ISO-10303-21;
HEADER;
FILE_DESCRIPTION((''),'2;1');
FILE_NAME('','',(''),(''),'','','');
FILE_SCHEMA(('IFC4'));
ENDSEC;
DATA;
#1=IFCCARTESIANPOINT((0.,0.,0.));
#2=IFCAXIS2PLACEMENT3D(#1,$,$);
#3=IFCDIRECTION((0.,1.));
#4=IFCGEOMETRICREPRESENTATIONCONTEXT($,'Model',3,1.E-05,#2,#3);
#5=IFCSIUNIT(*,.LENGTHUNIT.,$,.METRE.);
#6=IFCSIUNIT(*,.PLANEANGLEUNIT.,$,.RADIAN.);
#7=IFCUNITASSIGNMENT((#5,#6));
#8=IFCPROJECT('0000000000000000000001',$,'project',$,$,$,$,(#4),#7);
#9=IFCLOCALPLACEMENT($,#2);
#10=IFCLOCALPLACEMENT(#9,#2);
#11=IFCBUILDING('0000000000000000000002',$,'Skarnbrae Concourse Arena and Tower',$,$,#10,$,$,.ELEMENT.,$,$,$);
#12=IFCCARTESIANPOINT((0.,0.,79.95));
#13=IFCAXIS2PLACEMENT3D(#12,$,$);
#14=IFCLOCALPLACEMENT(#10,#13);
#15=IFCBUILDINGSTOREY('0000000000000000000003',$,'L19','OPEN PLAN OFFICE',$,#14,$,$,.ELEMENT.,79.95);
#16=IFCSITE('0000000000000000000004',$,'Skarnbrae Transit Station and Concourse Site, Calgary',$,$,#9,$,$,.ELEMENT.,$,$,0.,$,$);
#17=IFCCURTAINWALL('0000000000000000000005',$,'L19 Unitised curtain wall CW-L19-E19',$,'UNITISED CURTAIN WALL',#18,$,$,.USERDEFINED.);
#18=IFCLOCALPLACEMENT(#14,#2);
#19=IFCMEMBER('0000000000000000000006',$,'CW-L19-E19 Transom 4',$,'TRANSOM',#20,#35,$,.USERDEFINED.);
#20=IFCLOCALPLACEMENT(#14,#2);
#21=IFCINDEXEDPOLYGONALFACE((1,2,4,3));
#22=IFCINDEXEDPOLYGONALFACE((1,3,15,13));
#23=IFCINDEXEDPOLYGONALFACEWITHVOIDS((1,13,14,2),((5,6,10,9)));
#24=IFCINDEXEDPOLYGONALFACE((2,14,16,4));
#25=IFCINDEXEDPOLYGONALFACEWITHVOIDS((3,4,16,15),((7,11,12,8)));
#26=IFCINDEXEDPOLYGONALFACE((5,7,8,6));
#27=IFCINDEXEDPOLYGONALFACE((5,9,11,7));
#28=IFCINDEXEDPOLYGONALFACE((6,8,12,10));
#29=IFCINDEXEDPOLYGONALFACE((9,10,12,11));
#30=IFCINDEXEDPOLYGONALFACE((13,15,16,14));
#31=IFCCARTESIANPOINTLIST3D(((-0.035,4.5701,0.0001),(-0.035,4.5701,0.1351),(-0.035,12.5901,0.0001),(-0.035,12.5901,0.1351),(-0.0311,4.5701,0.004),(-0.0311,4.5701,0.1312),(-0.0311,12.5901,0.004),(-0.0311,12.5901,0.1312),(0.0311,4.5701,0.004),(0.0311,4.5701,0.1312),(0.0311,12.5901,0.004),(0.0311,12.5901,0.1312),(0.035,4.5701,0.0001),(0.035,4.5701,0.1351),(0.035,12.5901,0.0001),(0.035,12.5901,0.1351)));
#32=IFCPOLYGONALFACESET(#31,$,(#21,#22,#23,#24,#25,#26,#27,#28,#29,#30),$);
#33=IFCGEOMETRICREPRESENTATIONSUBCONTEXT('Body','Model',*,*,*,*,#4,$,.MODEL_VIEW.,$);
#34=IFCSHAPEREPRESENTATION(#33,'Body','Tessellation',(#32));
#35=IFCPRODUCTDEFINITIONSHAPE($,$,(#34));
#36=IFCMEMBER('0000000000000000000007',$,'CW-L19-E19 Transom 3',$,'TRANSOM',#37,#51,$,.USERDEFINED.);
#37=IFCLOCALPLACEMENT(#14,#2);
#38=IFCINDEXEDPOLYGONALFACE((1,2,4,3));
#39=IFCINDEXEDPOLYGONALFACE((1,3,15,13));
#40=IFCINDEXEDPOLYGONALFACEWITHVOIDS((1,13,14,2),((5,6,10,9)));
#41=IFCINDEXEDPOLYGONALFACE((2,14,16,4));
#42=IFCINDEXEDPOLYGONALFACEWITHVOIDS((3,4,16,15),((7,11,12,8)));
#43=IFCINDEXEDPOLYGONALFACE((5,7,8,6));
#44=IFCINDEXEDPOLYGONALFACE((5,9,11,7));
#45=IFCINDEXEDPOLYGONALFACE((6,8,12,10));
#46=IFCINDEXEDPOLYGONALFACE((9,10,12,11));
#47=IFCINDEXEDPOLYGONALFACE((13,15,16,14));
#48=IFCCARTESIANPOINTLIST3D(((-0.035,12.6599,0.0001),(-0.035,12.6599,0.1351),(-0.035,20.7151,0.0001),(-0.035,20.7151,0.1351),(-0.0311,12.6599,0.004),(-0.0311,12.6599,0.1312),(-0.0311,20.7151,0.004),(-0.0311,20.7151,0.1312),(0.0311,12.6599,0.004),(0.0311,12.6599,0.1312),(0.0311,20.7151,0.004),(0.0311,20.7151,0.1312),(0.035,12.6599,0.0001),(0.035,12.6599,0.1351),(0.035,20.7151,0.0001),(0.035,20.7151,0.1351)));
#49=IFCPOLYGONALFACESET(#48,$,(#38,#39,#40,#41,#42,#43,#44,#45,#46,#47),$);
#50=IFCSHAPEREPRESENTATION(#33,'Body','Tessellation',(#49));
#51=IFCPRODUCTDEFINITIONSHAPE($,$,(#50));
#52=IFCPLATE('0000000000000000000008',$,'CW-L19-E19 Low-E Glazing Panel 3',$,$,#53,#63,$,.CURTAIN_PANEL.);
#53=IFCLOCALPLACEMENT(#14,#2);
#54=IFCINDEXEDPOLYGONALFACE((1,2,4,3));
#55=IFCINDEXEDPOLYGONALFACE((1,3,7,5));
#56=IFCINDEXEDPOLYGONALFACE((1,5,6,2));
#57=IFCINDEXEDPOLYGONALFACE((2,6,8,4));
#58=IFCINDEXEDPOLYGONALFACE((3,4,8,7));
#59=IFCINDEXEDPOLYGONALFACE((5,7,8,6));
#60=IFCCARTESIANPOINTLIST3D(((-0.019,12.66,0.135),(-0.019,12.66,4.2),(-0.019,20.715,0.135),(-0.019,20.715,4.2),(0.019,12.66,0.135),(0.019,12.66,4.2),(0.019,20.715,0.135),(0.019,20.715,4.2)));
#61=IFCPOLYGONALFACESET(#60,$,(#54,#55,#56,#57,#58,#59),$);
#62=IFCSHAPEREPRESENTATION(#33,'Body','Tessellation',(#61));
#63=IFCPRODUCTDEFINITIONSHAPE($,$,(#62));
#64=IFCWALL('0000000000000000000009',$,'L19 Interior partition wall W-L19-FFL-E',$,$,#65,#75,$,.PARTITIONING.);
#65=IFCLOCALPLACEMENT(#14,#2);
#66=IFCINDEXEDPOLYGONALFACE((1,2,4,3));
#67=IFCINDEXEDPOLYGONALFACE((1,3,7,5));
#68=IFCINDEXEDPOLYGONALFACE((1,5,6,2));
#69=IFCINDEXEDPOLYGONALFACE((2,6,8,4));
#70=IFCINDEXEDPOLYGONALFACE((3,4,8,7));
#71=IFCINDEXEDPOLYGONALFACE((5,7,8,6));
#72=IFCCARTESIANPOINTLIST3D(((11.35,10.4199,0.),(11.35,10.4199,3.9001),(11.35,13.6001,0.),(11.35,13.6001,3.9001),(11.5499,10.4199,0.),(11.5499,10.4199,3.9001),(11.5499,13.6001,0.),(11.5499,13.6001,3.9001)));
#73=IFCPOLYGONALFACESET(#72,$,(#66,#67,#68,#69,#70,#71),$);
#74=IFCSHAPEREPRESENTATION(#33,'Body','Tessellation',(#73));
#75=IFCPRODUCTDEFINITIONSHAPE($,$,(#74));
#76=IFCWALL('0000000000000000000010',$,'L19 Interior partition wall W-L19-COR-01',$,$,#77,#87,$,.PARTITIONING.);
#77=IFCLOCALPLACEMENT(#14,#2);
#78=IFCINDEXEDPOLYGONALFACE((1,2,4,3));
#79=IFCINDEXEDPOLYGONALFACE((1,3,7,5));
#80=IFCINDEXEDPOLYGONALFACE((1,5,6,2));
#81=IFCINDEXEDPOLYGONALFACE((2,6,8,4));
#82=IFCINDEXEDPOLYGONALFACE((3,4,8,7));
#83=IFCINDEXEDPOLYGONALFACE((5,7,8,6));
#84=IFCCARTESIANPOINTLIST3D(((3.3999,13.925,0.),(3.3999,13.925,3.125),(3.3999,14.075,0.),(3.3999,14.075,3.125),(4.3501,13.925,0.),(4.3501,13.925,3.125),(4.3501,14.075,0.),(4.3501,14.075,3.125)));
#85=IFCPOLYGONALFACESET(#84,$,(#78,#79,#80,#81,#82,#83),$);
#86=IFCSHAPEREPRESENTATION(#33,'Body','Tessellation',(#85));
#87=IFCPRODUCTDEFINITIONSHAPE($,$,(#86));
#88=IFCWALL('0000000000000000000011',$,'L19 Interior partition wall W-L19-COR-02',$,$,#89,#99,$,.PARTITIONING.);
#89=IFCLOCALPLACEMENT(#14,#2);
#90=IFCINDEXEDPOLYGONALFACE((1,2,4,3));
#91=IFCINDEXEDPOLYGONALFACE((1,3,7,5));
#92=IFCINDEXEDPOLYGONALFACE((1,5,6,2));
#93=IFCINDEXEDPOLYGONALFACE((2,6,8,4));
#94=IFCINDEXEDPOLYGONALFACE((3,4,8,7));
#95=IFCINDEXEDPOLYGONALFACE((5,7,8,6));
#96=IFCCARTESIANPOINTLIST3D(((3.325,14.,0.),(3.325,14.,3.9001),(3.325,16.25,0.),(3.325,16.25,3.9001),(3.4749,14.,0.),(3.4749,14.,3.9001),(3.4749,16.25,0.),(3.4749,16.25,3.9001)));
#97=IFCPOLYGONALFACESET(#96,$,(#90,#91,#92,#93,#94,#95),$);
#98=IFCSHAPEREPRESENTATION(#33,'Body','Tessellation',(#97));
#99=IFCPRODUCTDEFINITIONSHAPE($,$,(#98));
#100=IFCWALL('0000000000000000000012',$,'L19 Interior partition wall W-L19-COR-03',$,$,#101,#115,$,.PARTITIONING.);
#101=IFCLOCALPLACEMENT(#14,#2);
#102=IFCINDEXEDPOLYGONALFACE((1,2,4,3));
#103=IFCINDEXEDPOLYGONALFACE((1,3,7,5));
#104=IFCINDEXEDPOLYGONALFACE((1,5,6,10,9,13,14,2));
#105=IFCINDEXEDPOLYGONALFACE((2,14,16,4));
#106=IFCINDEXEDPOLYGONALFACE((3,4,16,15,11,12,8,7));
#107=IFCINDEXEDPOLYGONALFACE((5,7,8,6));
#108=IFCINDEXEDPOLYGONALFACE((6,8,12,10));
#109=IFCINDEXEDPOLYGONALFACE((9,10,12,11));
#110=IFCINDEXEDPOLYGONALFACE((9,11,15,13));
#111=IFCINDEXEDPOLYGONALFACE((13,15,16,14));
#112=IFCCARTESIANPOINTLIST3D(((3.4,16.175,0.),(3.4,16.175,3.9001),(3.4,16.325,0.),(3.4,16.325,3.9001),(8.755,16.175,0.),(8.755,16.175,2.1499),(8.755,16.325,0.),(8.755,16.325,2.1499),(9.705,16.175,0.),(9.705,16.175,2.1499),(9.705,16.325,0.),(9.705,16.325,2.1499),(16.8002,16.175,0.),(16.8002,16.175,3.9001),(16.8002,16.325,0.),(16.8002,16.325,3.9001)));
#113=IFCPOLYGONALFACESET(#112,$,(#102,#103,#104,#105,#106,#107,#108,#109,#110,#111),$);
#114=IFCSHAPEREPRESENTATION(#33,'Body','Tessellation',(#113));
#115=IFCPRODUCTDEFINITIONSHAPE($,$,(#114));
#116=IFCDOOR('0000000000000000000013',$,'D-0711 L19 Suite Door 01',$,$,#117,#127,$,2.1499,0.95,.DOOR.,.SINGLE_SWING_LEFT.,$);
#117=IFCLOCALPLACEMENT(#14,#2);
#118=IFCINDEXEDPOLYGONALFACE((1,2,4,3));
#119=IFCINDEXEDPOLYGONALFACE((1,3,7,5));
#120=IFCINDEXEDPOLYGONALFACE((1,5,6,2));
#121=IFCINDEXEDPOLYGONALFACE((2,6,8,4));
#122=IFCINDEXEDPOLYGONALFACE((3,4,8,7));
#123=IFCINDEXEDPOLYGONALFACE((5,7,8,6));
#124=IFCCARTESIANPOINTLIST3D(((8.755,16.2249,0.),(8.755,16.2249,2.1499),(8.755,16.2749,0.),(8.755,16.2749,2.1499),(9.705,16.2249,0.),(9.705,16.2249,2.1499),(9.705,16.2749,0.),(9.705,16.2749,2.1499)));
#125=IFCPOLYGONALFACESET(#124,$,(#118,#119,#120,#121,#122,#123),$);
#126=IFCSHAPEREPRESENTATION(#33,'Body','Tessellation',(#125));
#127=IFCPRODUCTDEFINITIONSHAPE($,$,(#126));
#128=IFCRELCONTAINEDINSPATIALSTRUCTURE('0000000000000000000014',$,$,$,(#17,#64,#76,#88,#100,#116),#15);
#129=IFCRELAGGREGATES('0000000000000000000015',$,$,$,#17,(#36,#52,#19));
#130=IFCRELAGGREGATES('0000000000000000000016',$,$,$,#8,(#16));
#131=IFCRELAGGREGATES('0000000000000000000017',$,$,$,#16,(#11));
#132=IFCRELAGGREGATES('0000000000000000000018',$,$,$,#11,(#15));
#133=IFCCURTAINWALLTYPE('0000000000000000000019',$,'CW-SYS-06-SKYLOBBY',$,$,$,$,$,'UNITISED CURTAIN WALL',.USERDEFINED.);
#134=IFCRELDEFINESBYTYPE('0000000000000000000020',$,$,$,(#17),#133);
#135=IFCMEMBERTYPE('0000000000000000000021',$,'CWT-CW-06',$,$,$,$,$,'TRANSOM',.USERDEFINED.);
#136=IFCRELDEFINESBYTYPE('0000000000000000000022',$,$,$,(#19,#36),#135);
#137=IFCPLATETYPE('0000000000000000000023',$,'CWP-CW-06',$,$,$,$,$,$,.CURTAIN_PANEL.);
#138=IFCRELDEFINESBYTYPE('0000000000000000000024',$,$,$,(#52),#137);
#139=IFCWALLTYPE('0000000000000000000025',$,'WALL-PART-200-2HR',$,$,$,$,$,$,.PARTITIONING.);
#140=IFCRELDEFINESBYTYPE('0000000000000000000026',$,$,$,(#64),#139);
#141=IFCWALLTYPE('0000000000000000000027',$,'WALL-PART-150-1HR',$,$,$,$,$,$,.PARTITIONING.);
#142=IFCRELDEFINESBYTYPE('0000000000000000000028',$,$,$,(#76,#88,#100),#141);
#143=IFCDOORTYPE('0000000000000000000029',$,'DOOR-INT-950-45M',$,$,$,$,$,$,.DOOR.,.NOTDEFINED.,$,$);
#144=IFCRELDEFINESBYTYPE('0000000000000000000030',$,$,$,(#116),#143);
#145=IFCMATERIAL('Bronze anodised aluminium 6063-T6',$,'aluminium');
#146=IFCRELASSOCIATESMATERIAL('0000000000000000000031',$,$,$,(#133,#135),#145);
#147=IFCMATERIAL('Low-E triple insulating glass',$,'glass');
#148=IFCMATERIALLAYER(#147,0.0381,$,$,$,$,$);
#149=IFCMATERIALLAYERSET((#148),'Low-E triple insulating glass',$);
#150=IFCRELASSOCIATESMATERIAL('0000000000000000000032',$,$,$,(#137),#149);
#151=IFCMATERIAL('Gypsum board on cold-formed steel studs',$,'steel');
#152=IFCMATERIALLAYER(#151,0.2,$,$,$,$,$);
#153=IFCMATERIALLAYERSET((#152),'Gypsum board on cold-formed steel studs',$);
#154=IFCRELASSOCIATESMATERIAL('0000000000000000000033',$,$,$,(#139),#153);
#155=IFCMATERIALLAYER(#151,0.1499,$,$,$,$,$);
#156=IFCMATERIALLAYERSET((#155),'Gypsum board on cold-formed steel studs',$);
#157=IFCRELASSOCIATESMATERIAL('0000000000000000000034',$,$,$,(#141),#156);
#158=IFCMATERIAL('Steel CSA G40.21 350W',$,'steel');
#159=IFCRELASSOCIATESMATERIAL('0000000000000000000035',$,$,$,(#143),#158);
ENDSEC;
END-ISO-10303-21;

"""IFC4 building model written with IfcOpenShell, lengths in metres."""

from ifc_helpers import new_model, si_unit, direction, frame, frame_2d, origin, origin_2d, place, context, subcontext, project, spatial, rectangle, hollow_rectangle, extrude, source, transform, mapped, material, layer, layer_set, material_profile, profile_set, type_object, element, fill, aggregate, save


model = new_model("IFC4")

# Units and contexts
model_context = context("Model", 3, precision=1e-05, world=origin(), true_north=direction((0.0, 1.0)))
body_context = subcontext(model_context, "Body", "Model", "MODEL_VIEW")
ifc_project = project(units=[si_unit("LENGTHUNIT", "METRE"), si_unit("PLANEANGLEUNIT", "RADIAN")], contexts=[model_context])

# Site, building, storey
site_placement = place(None, origin())
site = spatial("IfcSite", under=ifc_project, at=site_placement, Name="Skarnbrae Transit Station and Concourse Site, Calgary", CompositionType="ELEMENT", RefElevation=0.0)
building_placement = place(site_placement, origin())
building = spatial("IfcBuilding", under=site, at=building_placement, Name="Skarnbrae Concourse Arena and Tower", CompositionType="ELEMENT")
storey_placement = place(building_placement, frame((0.0, 0.0, 79.95)))
storey = spatial("IfcBuildingStorey", under=building, at=storey_placement, Name="L19", Description="OPEN PLAN OFFICE", CompositionType="ELEMENT", Elevation=79.95)

# Shared definitions
ifc_material_1 = material(Name="Steel CSA G40.21 350W", Category="steel")

# Curtain wall, members, plate
ifc_material_2 = material(Name="Bronze anodised aluminium 6063-T6", Category="aluminium")
curtain_wall_type = type_object("IfcCurtainWallType", Name="CW-SYS-06-SKYLOBBY", ElementType="UNITISED CURTAIN WALL", PredefinedType="USERDEFINED", material=ifc_material_2)
curtain_wall_placement = place(storey_placement, origin())
curtain_wall = element("IfcCurtainWall", 1, at=curtain_wall_placement, inside=storey, type_object=curtain_wall_type, Name="L19 Unitised curtain wall CW-L19-E19", ObjectType="UNITISED CURTAIN WALL", PredefinedType="USERDEFINED")
ifc_material_profile_1 = material_profile(ifc_material_2, hollow_rectangle(XDim=0.0701, YDim=0.135, WallThickness=0.0039, at=origin_2d()), Name="ALU-TRAN-70X135")
ifc_profile_set_1 = profile_set([ifc_material_profile_1], Name="Bronze anodised aluminium 6063-T6")
member_type_1 = type_object("IfcMemberType", Name="CWT-CW-06", ElementType="TRANSOM", PredefinedType="USERDEFINED", material=ifc_profile_set_1)
shared_shape_1 = source(origin(), body_context, "Body", "SweptSolid", [
    extrude(hollow_rectangle(XDim=0.0701, YDim=0.135, WallThickness=0.0039, at=origin_2d()), origin(), (0.0, 0.0, 1.0), 8.02),
])
member_1_placement = place(storey_placement, frame((0.0, 12.5901, 0.0676), z_axis=(0.0, -1.0, 0.0), x_axis=(1.0, 0.0, 0.0)))
member_1 = element("IfcMember", 2, at=member_1_placement, type_object=member_type_1, Name="CW-L19-E19 Transom 4", ObjectType="TRANSOM", PredefinedType="USERDEFINED", context=body_context, shape_type="MappedRepresentation", body=[
    mapped(shared_shape_1, transform((0.0, 0.0, 0.0))),
])
shared_shape_2 = source(origin(), body_context, "Body", "SweptSolid", [
    extrude(hollow_rectangle(XDim=0.0701, YDim=0.135, WallThickness=0.0039, at=origin_2d()), origin(), (0.0, 0.0, 1.0), 8.0552),
])
member_2_placement = place(storey_placement, frame((0.0, 20.7151, 0.0676), z_axis=(0.0, -1.0, 0.0), x_axis=(1.0, 0.0, 0.0)))
member_2 = element("IfcMember", 3, at=member_2_placement, type_object=member_type_1, Name="CW-L19-E19 Transom 3", ObjectType="TRANSOM", PredefinedType="USERDEFINED", context=body_context, shape_type="MappedRepresentation", body=[
    mapped(shared_shape_2, transform((0.0, 0.0, 0.0))),
])
ifc_material_3 = material(Name="Low-E triple insulating glass", Category="glass")
ifc_layer_1 = layer(ifc_material_3, 0.0381)
ifc_layer_set_1 = layer_set([ifc_layer_1], Name="Low-E triple insulating glass")
plate_type = type_object("IfcPlateType", Name="CWP-CW-06", PredefinedType="CURTAIN_PANEL", material=ifc_layer_set_1)
shared_shape_3 = source(origin(), body_context, "Body", "SweptSolid", [
    extrude(rectangle(XDim=8.0549, YDim=0.0381, at=origin_2d()), origin(), (0.0, 0.0, 1.0), 4.0649),
])
plate_placement = place(storey_placement, frame((0.0, 16.6875, 0.135), z_axis=(0.0, 0.0, 1.0), x_axis=(0.0, -1.0, 0.0)))
plate = element("IfcPlate", 4, at=plate_placement, type_object=plate_type, Name="CW-L19-E19 Low-E Glazing Panel 3", PredefinedType="CURTAIN_PANEL", context=body_context, shape_type="MappedRepresentation", body=[
    mapped(shared_shape_3, transform((0.0, 0.0, 0.0))),
])
aggregate(curtain_wall, [member_2, plate, member_1])

# Wall
ifc_material_4 = material(Name="Gypsum board on cold-formed steel studs", Category="steel")
ifc_layer_2 = layer(ifc_material_4, 0.2)
ifc_layer_set_2 = layer_set([ifc_layer_2], Name="Gypsum board on cold-formed steel studs")
wall_type_1 = type_object("IfcWallType", Name="WALL-PART-200-2HR", PredefinedType="PARTITIONING", material=ifc_layer_set_2)
shared_shape_4 = source(origin(), body_context, "Body", "SweptSolid", [
    extrude(rectangle(XDim=3.1802, YDim=0.2, at=frame_2d((1.5901, 0.0))), origin(), (0.0, 0.0, 1.0), 3.9001),
])
wall_1_placement = place(storey_placement, frame((11.45, 10.4199, 0.0), z_axis=(0.0, 0.0, 1.0), x_axis=(0.0, 1.0, 0.0)))
element("IfcWall", 5, at=wall_1_placement, inside=storey, type_object=wall_type_1, Name="L19 Interior partition wall W-L19-FFL-E", PredefinedType="PARTITIONING", context=body_context, shape_type="MappedRepresentation", body=[
    mapped(shared_shape_4, transform((0.0, 0.0, 0.0))),
])

# Walls
ifc_layer_3 = layer(ifc_material_4, 0.1499)
ifc_layer_set_3 = layer_set([ifc_layer_3], Name="Gypsum board on cold-formed steel studs")
wall_type_2 = type_object("IfcWallType", Name="WALL-PART-150-1HR", PredefinedType="PARTITIONING", material=ifc_layer_set_3)
shared_shape_5 = source(origin(), body_context, "Body", "SweptSolid", [
    extrude(rectangle(XDim=0.9502, YDim=0.1499, at=frame_2d((0.4751, 0.0))), origin(), (0.0, 0.0, 1.0), 3.125),
])
wall_2_placement = place(storey_placement, frame((4.3501, 14.0, 0.0), z_axis=(0.0, 0.0, 1.0), x_axis=(-1.0, 0.0, 0.0)))
element("IfcWall", 6, at=wall_2_placement, inside=storey, type_object=wall_type_2, Name="L19 Interior partition wall W-L19-COR-01", PredefinedType="PARTITIONING", context=body_context, shape_type="MappedRepresentation", body=[
    mapped(shared_shape_5, transform((0.0, 0.0, 0.0))),
])
shared_shape_6 = source(origin(), body_context, "Body", "SweptSolid", [
    extrude(rectangle(XDim=2.25, YDim=0.1499, at=frame_2d((1.125, 0.0))), origin(), (0.0, 0.0, 1.0), 3.9001),
])
wall_3_placement = place(storey_placement, frame((3.3999, 14.0, 0.0), z_axis=(0.0, 0.0, 1.0), x_axis=(0.0, 1.0, 0.0)))
element("IfcWall", 7, at=wall_3_placement, inside=storey, type_object=wall_type_2, Name="L19 Interior partition wall W-L19-COR-02", PredefinedType="PARTITIONING", context=body_context, shape_type="MappedRepresentation", body=[
    mapped(shared_shape_6, transform((0.0, 0.0, 0.0))),
])

# Wall, opening, door
shared_shape_7 = source(origin(), body_context, "Body", "SweptSolid", [
    extrude(rectangle(XDim=13.4001, YDim=0.1499, at=frame_2d((6.7002, 0.0))), origin(), (0.0, 0.0, 1.0), 3.9001),
])
wall_4_placement = place(storey_placement, frame((3.3999, 16.25, 0.0), z_axis=(0.0, 0.0, 1.0), x_axis=(1.0, 0.0, 0.0)))
wall_4 = element("IfcWall", 8, at=wall_4_placement, inside=storey, type_object=wall_type_2, Name="L19 Interior partition wall W-L19-COR-03", PredefinedType="PARTITIONING", context=body_context, shape_type="MappedRepresentation", body=[
    mapped(shared_shape_7, transform((0.0, 0.0, 0.0))),
])
opening_1_placement = place(wall_4_placement, frame((5.355, 0.0, 0.0)))
opening_1 = element("IfcOpeningElement", 9, at=opening_1_placement, cuts=wall_4, PredefinedType="OPENING", context=body_context, shape_type="SweptSolid", body=[
    extrude(rectangle(XDim=0.95, YDim=2.1499, at=frame_2d((0.4751, 1.075))), frame((0.0, 0.085, 0.0), z_axis=(0.0, -1.0, 0.0), x_axis=(1.0, 0.0, 0.0)), (0.0, 0.0, 1.0), 0.1699),
])
door_type_1 = type_object("IfcDoorType", Name="DOOR-INT-950-45M", OperationType="NOTDEFINED", PredefinedType="DOOR", material=ifc_material_1)
shared_shape_8 = source(origin(), body_context, "Body", "SweptSolid", [
    extrude(rectangle(XDim=0.95, YDim=2.1499, at=frame_2d((0.4751, 1.075))), frame((0.0, 0.0249, 0.0), z_axis=(0.0, -1.0, 0.0), x_axis=(1.0, 0.0, 0.0)), (0.0, 0.0, 1.0), 0.05),
])
door_1_placement = place(opening_1_placement, origin())
door_1 = element("IfcDoor", 10, at=door_1_placement, inside=storey, type_object=door_type_1, Name="D-0711 L19 Suite Door 01", OperationType="SINGLE_SWING_LEFT", OverallHeight=2.1499, OverallWidth=0.95, PredefinedType="DOOR", context=body_context, shape_type="MappedRepresentation", body=[
    mapped(shared_shape_8, transform((0.0, 0.0, 0.0))),
])
fill(opening_1, door_1)

save(model, "model.ifc")
